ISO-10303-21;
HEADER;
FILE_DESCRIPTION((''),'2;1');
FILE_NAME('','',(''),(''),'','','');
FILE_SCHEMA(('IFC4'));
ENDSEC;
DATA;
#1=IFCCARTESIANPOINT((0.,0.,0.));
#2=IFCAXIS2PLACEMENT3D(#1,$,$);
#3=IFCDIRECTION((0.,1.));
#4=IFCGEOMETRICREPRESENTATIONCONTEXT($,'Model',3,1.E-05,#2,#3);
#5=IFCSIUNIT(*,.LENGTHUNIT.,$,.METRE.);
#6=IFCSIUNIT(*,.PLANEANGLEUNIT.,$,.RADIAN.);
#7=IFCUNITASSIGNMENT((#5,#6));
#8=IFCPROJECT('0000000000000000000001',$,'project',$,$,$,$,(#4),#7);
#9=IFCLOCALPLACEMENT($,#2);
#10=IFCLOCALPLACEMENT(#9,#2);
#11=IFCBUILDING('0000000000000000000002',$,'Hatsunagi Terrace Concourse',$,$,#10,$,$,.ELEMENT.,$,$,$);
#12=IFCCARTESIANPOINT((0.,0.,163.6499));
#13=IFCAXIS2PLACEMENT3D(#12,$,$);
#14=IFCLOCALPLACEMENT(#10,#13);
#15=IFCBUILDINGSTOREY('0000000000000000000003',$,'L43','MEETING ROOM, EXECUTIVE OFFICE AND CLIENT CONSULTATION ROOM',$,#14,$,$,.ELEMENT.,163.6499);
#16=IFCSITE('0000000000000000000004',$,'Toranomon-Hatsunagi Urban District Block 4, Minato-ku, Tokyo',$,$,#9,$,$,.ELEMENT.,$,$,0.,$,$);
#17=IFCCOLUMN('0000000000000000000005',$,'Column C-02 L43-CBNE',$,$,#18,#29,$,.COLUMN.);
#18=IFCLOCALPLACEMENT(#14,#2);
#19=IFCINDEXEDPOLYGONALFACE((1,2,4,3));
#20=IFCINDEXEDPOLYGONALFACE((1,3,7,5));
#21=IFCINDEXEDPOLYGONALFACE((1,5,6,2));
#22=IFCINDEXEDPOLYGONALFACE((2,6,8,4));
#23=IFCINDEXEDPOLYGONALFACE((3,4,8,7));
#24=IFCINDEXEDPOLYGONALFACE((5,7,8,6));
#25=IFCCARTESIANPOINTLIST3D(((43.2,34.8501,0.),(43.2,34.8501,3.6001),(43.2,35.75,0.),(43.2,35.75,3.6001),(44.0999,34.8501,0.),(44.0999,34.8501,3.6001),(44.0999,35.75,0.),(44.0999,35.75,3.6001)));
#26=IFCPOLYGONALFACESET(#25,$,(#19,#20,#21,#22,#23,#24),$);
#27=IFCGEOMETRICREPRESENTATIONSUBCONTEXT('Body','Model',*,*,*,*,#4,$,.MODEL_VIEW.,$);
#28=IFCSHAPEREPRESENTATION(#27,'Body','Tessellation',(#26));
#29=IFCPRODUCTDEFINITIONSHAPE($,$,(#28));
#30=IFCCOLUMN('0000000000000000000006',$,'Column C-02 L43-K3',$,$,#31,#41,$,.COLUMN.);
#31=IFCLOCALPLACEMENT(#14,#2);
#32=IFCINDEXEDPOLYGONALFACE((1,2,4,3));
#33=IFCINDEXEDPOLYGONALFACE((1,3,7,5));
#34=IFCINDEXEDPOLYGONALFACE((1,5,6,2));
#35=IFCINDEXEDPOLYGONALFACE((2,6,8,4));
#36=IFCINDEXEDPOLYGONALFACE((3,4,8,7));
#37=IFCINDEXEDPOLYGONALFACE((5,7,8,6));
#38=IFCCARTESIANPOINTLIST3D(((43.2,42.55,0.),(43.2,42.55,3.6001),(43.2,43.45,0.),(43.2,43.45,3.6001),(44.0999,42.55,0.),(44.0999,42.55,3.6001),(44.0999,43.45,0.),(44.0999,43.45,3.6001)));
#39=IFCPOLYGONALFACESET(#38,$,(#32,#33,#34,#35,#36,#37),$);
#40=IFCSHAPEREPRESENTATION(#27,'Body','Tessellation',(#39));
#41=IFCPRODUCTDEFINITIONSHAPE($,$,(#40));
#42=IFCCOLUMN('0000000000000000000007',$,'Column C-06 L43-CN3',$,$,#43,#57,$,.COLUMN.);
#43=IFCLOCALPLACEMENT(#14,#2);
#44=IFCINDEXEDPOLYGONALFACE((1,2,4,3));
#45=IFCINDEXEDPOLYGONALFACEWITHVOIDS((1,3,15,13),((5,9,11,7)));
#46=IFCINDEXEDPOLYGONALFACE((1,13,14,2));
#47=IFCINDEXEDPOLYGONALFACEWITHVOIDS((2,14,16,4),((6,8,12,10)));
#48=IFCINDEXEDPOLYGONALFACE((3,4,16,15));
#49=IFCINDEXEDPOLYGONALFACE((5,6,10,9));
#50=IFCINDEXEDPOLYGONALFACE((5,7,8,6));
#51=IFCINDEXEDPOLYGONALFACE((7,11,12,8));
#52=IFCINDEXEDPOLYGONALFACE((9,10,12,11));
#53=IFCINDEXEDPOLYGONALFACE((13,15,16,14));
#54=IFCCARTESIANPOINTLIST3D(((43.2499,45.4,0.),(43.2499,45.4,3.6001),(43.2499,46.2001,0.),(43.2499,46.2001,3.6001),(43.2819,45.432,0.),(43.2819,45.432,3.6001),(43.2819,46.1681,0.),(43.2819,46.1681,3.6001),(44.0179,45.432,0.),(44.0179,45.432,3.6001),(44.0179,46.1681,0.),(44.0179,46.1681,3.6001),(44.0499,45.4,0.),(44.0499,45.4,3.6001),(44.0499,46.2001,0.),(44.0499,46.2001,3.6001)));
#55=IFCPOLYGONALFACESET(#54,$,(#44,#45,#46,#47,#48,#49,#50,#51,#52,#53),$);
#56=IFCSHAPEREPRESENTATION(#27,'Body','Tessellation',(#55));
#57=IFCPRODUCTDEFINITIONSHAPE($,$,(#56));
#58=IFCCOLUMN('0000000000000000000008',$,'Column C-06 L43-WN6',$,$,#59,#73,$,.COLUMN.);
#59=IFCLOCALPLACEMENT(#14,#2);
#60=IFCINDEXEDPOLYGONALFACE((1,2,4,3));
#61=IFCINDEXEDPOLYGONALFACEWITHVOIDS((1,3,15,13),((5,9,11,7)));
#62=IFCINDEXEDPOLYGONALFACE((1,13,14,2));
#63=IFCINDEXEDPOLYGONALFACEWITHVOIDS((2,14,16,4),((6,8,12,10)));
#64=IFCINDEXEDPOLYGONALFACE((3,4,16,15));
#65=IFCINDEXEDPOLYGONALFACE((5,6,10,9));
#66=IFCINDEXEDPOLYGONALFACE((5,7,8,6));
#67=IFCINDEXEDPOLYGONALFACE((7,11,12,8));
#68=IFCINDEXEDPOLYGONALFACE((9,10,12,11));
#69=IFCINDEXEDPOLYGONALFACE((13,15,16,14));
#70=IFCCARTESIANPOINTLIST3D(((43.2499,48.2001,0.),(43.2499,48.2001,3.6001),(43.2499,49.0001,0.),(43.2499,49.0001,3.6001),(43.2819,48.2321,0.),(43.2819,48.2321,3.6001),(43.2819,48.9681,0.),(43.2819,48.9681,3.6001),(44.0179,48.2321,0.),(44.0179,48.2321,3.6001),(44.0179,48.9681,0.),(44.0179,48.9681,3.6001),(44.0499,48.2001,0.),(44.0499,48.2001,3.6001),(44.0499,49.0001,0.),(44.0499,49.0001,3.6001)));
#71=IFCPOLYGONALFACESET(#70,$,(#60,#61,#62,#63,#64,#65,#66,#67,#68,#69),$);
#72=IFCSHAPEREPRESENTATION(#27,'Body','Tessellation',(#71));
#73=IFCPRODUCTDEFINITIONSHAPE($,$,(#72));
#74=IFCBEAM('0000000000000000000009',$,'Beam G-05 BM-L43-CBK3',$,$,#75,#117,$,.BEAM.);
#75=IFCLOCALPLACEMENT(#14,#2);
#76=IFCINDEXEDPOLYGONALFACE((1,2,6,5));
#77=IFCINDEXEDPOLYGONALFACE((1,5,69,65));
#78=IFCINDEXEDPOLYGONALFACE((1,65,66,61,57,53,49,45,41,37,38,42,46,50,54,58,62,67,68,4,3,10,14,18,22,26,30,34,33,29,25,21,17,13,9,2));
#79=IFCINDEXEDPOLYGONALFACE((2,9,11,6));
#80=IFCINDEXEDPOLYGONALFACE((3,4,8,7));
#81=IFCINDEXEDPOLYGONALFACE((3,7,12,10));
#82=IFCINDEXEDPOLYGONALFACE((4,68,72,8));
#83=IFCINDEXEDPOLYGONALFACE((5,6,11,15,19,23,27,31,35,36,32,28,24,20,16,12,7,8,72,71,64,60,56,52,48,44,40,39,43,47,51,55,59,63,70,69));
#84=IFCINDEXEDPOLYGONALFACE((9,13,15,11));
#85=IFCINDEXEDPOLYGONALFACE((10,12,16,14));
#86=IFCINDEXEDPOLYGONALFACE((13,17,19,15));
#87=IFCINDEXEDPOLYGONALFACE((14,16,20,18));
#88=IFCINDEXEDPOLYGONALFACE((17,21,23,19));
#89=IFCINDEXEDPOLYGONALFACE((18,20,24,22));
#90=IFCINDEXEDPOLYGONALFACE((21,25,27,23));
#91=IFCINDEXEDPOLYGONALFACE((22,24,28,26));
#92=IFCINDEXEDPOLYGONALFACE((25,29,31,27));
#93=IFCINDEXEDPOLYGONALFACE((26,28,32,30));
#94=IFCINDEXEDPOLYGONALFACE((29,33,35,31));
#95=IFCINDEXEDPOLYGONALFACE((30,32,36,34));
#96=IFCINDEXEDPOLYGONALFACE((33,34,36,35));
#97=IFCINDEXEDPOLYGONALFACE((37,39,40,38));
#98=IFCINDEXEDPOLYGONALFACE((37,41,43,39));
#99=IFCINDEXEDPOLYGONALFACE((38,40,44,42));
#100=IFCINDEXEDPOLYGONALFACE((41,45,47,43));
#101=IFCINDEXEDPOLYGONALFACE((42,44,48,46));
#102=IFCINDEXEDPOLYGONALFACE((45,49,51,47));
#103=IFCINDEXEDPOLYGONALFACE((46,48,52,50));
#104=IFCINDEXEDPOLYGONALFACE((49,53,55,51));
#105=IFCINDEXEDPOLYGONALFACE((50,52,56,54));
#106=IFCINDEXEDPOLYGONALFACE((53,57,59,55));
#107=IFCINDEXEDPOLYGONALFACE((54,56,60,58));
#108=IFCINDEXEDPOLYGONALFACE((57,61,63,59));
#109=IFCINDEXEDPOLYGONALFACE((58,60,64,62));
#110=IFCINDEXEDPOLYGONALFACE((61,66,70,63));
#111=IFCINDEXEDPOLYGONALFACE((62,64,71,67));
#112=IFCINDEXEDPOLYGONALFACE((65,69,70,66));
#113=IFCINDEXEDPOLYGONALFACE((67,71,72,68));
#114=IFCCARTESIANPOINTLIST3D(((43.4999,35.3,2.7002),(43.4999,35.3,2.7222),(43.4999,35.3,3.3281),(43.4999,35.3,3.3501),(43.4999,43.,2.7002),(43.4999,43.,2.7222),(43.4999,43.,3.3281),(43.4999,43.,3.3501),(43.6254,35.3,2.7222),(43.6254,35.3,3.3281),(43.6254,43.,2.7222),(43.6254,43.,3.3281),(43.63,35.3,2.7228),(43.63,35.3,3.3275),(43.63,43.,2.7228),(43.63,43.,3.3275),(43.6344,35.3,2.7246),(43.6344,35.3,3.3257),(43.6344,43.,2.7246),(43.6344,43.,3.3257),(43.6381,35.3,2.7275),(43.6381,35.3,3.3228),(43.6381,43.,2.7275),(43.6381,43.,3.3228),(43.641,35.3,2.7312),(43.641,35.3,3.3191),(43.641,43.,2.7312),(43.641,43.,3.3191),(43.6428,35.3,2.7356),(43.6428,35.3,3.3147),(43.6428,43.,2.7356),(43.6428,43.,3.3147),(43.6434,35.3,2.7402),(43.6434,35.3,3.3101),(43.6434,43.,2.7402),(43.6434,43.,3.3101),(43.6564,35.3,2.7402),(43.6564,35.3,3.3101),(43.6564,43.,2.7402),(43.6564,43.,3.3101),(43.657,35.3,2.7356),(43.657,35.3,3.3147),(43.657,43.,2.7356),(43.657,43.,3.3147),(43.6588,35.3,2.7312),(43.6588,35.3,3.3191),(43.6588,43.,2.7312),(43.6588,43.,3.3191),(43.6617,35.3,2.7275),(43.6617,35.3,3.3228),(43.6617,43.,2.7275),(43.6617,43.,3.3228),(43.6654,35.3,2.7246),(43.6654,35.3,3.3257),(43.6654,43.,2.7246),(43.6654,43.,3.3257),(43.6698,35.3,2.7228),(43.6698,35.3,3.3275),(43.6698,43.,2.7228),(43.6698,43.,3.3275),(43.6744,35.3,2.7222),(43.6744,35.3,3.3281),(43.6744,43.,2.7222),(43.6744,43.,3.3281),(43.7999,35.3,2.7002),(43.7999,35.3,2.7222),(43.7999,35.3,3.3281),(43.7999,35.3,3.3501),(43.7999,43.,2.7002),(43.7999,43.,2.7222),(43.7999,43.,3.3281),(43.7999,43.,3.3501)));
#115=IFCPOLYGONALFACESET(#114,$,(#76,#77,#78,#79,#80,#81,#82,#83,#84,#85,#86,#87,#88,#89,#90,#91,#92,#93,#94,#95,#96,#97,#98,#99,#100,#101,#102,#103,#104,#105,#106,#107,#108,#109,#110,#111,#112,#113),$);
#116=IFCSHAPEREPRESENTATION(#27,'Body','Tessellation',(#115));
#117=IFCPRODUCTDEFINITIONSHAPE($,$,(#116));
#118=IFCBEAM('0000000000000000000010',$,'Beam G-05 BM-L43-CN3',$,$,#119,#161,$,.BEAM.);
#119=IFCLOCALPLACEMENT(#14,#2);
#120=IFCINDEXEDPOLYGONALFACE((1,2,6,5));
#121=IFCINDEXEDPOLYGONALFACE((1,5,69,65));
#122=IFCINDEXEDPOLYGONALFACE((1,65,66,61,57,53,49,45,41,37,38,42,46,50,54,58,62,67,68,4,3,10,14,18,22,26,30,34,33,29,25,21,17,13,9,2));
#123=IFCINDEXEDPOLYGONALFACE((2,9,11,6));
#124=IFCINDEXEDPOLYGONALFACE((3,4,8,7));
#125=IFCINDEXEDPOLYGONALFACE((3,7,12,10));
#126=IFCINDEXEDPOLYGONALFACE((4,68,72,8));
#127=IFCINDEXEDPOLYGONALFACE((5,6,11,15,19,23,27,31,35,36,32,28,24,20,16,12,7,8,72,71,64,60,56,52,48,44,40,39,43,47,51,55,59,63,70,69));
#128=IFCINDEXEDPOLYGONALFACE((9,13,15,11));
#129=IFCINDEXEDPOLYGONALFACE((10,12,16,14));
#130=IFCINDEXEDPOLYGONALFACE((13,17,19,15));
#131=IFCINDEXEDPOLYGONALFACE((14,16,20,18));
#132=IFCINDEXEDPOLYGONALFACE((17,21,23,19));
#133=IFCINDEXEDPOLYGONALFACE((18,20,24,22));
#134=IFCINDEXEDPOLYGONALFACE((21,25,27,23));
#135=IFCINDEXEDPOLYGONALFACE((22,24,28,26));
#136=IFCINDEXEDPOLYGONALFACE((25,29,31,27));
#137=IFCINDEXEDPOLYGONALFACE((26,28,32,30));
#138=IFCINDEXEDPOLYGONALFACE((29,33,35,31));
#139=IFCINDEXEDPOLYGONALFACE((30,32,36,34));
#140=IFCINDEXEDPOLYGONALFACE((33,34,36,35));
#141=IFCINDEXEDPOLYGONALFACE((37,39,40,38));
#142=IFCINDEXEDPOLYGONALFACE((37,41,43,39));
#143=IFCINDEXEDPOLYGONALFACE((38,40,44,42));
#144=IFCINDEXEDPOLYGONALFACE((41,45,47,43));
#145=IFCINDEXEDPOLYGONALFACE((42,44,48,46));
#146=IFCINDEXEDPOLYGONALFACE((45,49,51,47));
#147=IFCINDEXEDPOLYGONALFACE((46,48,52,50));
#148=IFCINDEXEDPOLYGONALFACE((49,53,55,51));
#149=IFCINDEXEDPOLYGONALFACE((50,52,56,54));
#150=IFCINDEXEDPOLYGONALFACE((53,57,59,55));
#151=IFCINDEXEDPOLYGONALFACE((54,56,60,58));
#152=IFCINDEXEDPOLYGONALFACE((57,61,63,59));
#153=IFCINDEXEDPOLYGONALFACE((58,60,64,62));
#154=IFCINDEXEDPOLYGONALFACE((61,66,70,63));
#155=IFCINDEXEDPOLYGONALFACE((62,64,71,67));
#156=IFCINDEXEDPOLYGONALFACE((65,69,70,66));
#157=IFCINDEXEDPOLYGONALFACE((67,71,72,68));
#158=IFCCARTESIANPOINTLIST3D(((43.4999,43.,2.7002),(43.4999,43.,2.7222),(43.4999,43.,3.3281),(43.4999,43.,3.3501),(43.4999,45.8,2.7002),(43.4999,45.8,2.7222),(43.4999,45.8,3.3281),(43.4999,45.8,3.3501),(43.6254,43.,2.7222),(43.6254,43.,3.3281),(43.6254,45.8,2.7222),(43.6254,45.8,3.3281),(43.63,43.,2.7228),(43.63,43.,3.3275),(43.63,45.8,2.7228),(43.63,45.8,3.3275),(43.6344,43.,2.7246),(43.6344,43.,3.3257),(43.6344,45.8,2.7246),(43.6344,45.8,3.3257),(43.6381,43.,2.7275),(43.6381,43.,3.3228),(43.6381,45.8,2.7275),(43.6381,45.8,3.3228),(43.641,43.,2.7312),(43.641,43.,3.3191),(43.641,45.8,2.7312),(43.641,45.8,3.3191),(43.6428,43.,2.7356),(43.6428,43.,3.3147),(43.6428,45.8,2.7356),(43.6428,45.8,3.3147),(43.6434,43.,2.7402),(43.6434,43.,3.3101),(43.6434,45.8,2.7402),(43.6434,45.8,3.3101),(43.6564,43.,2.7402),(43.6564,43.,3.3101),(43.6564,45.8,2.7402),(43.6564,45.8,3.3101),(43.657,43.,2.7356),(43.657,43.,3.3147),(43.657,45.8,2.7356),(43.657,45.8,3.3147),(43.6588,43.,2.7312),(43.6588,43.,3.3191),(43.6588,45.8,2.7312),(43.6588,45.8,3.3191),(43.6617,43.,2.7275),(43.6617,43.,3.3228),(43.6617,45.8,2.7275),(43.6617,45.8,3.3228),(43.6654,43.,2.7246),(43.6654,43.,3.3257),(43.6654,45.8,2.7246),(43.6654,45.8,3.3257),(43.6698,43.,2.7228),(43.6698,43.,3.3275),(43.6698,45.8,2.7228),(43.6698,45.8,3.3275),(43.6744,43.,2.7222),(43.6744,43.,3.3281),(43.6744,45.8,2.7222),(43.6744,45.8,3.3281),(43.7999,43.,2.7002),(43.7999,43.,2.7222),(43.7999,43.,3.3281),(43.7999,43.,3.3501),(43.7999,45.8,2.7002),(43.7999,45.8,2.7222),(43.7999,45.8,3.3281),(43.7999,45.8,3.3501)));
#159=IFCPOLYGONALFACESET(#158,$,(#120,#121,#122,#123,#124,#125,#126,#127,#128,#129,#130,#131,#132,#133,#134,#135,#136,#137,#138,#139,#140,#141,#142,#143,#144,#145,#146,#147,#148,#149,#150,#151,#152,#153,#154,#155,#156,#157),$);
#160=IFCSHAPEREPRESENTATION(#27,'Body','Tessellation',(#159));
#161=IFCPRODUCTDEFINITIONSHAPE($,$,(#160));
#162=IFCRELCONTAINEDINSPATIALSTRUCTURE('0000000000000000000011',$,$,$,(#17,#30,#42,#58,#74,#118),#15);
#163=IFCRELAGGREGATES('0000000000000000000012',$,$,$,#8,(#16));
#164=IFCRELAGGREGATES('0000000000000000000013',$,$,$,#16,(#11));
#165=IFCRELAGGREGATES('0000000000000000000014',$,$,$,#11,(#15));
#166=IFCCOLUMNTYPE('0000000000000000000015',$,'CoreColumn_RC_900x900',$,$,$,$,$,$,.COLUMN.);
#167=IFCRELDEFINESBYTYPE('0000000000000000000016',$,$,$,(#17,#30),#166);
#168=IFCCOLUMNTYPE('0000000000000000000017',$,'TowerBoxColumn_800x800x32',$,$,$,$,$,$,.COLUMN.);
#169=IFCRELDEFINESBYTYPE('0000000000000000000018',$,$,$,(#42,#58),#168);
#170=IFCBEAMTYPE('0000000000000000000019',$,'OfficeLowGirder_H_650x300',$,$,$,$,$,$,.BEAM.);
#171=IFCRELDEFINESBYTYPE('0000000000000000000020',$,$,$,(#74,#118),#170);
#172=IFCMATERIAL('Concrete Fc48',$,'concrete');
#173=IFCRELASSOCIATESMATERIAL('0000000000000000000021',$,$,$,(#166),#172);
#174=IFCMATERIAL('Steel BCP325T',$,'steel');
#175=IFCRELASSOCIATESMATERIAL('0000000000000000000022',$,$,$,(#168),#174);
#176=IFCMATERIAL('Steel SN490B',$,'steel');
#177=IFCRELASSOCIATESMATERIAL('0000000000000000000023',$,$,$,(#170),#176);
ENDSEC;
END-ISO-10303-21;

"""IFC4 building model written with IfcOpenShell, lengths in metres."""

from ifc_helpers import new_model, si_unit, direction, frame, origin, origin_2d, place, context, subcontext, project, spatial, rectangle, hollow_rectangle, i_section, extrude, material, material_profile, profile_set, type_object, element, save


model = new_model("IFC4")

# Units and contexts
model_context = context("Model", 3, precision=1e-05, world=origin(), true_north=direction((0.0, 1.0)))
body_context = subcontext(model_context, "Body", "Model", "MODEL_VIEW")
ifc_project = project(units=[si_unit("LENGTHUNIT", "METRE"), si_unit("PLANEANGLEUNIT", "RADIAN")], contexts=[model_context])

# Site, building, storey
site_placement = place(None, origin())
site = spatial("IfcSite", under=ifc_project, at=site_placement, Name="Toranomon-Hatsunagi Urban District Block 4, Minato-ku, Tokyo", CompositionType="ELEMENT", RefElevation=0.0)
building_placement = place(site_placement, origin())
building = spatial("IfcBuilding", under=site, at=building_placement, Name="Hatsunagi Terrace Concourse", CompositionType="ELEMENT")
storey_placement = place(building_placement, frame((0.0, 0.0, 163.6499)))
storey = spatial("IfcBuildingStorey", under=building, at=storey_placement, Name="L43", Description="MEETING ROOM, EXECUTIVE OFFICE AND CLIENT CONSULTATION ROOM", CompositionType="ELEMENT", Elevation=163.6499)

# Columns
ifc_material_1 = material(Name="Concrete Fc48", Category="concrete")
ifc_material_profile_1 = material_profile(ifc_material_1, rectangle(XDim=0.8999, YDim=0.8999, at=origin_2d()), Name="RC-900x900")
ifc_profile_set_1 = profile_set([ifc_material_profile_1], Name="Concrete Fc48")
column_type_1 = type_object("IfcColumnType", Name="CoreColumn_RC_900x900", PredefinedType="COLUMN", material=ifc_profile_set_1)
for number, where, z_axis, x_axis, name in (
    (1, (43.6499, 35.3, 0.0), (0.0, 0.0, 1.0), (1.0, 0.0, 0.0), "Column C-02 L43-CBNE"),
    (2, (43.6499, 43.0, 0.0), (0.0, 0.0, 1.0), (1.0, 0.0, 0.0), "Column C-02 L43-K3"),
):
    element("IfcColumn", number, at=place(storey_placement, frame(where, z_axis=z_axis, x_axis=x_axis)), inside=storey, type_object=column_type_1, Name=name, PredefinedType="COLUMN", context=body_context, shape_type="SweptSolid", body=[
        extrude(rectangle(XDim=0.8999, YDim=0.8999, at=origin_2d()), origin(), (0.0, 0.0, 1.0), 3.6001),
    ])
ifc_material_2 = material(Name="Steel BCP325T", Category="steel")
ifc_material_profile_2 = material_profile(ifc_material_2, hollow_rectangle(XDim=0.8, YDim=0.8, WallThickness=0.032, at=origin_2d()), Name="BCP-800x800x32")
ifc_profile_set_2 = profile_set([ifc_material_profile_2], Name="Steel BCP325T")
column_type_2 = type_object("IfcColumnType", Name="TowerBoxColumn_800x800x32", PredefinedType="COLUMN", material=ifc_profile_set_2)
for number, where, z_axis, x_axis, name in (
    (3, (43.6499, 45.8, 0.0), (0.0, 0.0, 1.0), (1.0, 0.0, 0.0), "Column C-06 L43-CN3"),
    (4, (43.6499, 48.6001, 0.0), (0.0, 0.0, 1.0), (1.0, 0.0, 0.0), "Column C-06 L43-WN6"),
):
    element("IfcColumn", number, at=place(storey_placement, frame(where, z_axis=z_axis, x_axis=x_axis)), inside=storey, type_object=column_type_2, Name=name, PredefinedType="COLUMN", context=body_context, shape_type="SweptSolid", body=[
        extrude(hollow_rectangle(XDim=0.8, YDim=0.8, WallThickness=0.032, at=origin_2d()), origin(), (0.0, 0.0, 1.0), 3.6001),
    ])

# Beams
ifc_material_3 = material(Name="Steel SN490B", Category="steel")
ifc_material_profile_3 = material_profile(ifc_material_3, i_section(OverallWidth=0.3, OverallDepth=0.6499, WebThickness=0.0129, FlangeThickness=0.022, FilletRadius=0.0181, at=origin_2d()), Name="H-650x300x13x22")
ifc_profile_set_3 = profile_set([ifc_material_profile_3], Name="Steel SN490B")
beam_type_1 = type_object("IfcBeamType", Name="OfficeLowGirder_H_650x300", PredefinedType="BEAM", material=ifc_profile_set_3)
beam_1_placement = place(storey_placement, frame((43.6499, 35.3, 3.0251), z_axis=(0.0, 1.0, 0.0), x_axis=(-1.0, 0.0, 0.0)))
element("IfcBeam", 5, at=beam_1_placement, inside=storey, type_object=beam_type_1, Name="Beam G-05 BM-L43-CBK3", PredefinedType="BEAM", context=body_context, shape_type="SweptSolid", body=[
    extrude(i_section(OverallWidth=0.3, OverallDepth=0.6499, WebThickness=0.0129, FlangeThickness=0.022, FilletRadius=0.0181, at=origin_2d()), origin(), (0.0, 0.0, 1.0), 7.7),
])
for number, where, z_axis, x_axis, name in (
    (6, (43.6499, 43.0, 3.0251), (0.0, 1.0, 0.0), (-1.0, 0.0, 0.0), "Beam G-05 BM-L43-CN3"),
):
    element("IfcBeam", number, at=place(storey_placement, frame(where, z_axis=z_axis, x_axis=x_axis)), inside=storey, type_object=beam_type_1, Name=name, PredefinedType="BEAM", context=body_context, shape_type="SweptSolid", body=[
        extrude(i_section(OverallWidth=0.3, OverallDepth=0.6499, WebThickness=0.0129, FlangeThickness=0.022, FilletRadius=0.0181, at=origin_2d()), origin(), (0.0, 0.0, 1.0), 2.8),
    ])

save(model, "model.ifc")
